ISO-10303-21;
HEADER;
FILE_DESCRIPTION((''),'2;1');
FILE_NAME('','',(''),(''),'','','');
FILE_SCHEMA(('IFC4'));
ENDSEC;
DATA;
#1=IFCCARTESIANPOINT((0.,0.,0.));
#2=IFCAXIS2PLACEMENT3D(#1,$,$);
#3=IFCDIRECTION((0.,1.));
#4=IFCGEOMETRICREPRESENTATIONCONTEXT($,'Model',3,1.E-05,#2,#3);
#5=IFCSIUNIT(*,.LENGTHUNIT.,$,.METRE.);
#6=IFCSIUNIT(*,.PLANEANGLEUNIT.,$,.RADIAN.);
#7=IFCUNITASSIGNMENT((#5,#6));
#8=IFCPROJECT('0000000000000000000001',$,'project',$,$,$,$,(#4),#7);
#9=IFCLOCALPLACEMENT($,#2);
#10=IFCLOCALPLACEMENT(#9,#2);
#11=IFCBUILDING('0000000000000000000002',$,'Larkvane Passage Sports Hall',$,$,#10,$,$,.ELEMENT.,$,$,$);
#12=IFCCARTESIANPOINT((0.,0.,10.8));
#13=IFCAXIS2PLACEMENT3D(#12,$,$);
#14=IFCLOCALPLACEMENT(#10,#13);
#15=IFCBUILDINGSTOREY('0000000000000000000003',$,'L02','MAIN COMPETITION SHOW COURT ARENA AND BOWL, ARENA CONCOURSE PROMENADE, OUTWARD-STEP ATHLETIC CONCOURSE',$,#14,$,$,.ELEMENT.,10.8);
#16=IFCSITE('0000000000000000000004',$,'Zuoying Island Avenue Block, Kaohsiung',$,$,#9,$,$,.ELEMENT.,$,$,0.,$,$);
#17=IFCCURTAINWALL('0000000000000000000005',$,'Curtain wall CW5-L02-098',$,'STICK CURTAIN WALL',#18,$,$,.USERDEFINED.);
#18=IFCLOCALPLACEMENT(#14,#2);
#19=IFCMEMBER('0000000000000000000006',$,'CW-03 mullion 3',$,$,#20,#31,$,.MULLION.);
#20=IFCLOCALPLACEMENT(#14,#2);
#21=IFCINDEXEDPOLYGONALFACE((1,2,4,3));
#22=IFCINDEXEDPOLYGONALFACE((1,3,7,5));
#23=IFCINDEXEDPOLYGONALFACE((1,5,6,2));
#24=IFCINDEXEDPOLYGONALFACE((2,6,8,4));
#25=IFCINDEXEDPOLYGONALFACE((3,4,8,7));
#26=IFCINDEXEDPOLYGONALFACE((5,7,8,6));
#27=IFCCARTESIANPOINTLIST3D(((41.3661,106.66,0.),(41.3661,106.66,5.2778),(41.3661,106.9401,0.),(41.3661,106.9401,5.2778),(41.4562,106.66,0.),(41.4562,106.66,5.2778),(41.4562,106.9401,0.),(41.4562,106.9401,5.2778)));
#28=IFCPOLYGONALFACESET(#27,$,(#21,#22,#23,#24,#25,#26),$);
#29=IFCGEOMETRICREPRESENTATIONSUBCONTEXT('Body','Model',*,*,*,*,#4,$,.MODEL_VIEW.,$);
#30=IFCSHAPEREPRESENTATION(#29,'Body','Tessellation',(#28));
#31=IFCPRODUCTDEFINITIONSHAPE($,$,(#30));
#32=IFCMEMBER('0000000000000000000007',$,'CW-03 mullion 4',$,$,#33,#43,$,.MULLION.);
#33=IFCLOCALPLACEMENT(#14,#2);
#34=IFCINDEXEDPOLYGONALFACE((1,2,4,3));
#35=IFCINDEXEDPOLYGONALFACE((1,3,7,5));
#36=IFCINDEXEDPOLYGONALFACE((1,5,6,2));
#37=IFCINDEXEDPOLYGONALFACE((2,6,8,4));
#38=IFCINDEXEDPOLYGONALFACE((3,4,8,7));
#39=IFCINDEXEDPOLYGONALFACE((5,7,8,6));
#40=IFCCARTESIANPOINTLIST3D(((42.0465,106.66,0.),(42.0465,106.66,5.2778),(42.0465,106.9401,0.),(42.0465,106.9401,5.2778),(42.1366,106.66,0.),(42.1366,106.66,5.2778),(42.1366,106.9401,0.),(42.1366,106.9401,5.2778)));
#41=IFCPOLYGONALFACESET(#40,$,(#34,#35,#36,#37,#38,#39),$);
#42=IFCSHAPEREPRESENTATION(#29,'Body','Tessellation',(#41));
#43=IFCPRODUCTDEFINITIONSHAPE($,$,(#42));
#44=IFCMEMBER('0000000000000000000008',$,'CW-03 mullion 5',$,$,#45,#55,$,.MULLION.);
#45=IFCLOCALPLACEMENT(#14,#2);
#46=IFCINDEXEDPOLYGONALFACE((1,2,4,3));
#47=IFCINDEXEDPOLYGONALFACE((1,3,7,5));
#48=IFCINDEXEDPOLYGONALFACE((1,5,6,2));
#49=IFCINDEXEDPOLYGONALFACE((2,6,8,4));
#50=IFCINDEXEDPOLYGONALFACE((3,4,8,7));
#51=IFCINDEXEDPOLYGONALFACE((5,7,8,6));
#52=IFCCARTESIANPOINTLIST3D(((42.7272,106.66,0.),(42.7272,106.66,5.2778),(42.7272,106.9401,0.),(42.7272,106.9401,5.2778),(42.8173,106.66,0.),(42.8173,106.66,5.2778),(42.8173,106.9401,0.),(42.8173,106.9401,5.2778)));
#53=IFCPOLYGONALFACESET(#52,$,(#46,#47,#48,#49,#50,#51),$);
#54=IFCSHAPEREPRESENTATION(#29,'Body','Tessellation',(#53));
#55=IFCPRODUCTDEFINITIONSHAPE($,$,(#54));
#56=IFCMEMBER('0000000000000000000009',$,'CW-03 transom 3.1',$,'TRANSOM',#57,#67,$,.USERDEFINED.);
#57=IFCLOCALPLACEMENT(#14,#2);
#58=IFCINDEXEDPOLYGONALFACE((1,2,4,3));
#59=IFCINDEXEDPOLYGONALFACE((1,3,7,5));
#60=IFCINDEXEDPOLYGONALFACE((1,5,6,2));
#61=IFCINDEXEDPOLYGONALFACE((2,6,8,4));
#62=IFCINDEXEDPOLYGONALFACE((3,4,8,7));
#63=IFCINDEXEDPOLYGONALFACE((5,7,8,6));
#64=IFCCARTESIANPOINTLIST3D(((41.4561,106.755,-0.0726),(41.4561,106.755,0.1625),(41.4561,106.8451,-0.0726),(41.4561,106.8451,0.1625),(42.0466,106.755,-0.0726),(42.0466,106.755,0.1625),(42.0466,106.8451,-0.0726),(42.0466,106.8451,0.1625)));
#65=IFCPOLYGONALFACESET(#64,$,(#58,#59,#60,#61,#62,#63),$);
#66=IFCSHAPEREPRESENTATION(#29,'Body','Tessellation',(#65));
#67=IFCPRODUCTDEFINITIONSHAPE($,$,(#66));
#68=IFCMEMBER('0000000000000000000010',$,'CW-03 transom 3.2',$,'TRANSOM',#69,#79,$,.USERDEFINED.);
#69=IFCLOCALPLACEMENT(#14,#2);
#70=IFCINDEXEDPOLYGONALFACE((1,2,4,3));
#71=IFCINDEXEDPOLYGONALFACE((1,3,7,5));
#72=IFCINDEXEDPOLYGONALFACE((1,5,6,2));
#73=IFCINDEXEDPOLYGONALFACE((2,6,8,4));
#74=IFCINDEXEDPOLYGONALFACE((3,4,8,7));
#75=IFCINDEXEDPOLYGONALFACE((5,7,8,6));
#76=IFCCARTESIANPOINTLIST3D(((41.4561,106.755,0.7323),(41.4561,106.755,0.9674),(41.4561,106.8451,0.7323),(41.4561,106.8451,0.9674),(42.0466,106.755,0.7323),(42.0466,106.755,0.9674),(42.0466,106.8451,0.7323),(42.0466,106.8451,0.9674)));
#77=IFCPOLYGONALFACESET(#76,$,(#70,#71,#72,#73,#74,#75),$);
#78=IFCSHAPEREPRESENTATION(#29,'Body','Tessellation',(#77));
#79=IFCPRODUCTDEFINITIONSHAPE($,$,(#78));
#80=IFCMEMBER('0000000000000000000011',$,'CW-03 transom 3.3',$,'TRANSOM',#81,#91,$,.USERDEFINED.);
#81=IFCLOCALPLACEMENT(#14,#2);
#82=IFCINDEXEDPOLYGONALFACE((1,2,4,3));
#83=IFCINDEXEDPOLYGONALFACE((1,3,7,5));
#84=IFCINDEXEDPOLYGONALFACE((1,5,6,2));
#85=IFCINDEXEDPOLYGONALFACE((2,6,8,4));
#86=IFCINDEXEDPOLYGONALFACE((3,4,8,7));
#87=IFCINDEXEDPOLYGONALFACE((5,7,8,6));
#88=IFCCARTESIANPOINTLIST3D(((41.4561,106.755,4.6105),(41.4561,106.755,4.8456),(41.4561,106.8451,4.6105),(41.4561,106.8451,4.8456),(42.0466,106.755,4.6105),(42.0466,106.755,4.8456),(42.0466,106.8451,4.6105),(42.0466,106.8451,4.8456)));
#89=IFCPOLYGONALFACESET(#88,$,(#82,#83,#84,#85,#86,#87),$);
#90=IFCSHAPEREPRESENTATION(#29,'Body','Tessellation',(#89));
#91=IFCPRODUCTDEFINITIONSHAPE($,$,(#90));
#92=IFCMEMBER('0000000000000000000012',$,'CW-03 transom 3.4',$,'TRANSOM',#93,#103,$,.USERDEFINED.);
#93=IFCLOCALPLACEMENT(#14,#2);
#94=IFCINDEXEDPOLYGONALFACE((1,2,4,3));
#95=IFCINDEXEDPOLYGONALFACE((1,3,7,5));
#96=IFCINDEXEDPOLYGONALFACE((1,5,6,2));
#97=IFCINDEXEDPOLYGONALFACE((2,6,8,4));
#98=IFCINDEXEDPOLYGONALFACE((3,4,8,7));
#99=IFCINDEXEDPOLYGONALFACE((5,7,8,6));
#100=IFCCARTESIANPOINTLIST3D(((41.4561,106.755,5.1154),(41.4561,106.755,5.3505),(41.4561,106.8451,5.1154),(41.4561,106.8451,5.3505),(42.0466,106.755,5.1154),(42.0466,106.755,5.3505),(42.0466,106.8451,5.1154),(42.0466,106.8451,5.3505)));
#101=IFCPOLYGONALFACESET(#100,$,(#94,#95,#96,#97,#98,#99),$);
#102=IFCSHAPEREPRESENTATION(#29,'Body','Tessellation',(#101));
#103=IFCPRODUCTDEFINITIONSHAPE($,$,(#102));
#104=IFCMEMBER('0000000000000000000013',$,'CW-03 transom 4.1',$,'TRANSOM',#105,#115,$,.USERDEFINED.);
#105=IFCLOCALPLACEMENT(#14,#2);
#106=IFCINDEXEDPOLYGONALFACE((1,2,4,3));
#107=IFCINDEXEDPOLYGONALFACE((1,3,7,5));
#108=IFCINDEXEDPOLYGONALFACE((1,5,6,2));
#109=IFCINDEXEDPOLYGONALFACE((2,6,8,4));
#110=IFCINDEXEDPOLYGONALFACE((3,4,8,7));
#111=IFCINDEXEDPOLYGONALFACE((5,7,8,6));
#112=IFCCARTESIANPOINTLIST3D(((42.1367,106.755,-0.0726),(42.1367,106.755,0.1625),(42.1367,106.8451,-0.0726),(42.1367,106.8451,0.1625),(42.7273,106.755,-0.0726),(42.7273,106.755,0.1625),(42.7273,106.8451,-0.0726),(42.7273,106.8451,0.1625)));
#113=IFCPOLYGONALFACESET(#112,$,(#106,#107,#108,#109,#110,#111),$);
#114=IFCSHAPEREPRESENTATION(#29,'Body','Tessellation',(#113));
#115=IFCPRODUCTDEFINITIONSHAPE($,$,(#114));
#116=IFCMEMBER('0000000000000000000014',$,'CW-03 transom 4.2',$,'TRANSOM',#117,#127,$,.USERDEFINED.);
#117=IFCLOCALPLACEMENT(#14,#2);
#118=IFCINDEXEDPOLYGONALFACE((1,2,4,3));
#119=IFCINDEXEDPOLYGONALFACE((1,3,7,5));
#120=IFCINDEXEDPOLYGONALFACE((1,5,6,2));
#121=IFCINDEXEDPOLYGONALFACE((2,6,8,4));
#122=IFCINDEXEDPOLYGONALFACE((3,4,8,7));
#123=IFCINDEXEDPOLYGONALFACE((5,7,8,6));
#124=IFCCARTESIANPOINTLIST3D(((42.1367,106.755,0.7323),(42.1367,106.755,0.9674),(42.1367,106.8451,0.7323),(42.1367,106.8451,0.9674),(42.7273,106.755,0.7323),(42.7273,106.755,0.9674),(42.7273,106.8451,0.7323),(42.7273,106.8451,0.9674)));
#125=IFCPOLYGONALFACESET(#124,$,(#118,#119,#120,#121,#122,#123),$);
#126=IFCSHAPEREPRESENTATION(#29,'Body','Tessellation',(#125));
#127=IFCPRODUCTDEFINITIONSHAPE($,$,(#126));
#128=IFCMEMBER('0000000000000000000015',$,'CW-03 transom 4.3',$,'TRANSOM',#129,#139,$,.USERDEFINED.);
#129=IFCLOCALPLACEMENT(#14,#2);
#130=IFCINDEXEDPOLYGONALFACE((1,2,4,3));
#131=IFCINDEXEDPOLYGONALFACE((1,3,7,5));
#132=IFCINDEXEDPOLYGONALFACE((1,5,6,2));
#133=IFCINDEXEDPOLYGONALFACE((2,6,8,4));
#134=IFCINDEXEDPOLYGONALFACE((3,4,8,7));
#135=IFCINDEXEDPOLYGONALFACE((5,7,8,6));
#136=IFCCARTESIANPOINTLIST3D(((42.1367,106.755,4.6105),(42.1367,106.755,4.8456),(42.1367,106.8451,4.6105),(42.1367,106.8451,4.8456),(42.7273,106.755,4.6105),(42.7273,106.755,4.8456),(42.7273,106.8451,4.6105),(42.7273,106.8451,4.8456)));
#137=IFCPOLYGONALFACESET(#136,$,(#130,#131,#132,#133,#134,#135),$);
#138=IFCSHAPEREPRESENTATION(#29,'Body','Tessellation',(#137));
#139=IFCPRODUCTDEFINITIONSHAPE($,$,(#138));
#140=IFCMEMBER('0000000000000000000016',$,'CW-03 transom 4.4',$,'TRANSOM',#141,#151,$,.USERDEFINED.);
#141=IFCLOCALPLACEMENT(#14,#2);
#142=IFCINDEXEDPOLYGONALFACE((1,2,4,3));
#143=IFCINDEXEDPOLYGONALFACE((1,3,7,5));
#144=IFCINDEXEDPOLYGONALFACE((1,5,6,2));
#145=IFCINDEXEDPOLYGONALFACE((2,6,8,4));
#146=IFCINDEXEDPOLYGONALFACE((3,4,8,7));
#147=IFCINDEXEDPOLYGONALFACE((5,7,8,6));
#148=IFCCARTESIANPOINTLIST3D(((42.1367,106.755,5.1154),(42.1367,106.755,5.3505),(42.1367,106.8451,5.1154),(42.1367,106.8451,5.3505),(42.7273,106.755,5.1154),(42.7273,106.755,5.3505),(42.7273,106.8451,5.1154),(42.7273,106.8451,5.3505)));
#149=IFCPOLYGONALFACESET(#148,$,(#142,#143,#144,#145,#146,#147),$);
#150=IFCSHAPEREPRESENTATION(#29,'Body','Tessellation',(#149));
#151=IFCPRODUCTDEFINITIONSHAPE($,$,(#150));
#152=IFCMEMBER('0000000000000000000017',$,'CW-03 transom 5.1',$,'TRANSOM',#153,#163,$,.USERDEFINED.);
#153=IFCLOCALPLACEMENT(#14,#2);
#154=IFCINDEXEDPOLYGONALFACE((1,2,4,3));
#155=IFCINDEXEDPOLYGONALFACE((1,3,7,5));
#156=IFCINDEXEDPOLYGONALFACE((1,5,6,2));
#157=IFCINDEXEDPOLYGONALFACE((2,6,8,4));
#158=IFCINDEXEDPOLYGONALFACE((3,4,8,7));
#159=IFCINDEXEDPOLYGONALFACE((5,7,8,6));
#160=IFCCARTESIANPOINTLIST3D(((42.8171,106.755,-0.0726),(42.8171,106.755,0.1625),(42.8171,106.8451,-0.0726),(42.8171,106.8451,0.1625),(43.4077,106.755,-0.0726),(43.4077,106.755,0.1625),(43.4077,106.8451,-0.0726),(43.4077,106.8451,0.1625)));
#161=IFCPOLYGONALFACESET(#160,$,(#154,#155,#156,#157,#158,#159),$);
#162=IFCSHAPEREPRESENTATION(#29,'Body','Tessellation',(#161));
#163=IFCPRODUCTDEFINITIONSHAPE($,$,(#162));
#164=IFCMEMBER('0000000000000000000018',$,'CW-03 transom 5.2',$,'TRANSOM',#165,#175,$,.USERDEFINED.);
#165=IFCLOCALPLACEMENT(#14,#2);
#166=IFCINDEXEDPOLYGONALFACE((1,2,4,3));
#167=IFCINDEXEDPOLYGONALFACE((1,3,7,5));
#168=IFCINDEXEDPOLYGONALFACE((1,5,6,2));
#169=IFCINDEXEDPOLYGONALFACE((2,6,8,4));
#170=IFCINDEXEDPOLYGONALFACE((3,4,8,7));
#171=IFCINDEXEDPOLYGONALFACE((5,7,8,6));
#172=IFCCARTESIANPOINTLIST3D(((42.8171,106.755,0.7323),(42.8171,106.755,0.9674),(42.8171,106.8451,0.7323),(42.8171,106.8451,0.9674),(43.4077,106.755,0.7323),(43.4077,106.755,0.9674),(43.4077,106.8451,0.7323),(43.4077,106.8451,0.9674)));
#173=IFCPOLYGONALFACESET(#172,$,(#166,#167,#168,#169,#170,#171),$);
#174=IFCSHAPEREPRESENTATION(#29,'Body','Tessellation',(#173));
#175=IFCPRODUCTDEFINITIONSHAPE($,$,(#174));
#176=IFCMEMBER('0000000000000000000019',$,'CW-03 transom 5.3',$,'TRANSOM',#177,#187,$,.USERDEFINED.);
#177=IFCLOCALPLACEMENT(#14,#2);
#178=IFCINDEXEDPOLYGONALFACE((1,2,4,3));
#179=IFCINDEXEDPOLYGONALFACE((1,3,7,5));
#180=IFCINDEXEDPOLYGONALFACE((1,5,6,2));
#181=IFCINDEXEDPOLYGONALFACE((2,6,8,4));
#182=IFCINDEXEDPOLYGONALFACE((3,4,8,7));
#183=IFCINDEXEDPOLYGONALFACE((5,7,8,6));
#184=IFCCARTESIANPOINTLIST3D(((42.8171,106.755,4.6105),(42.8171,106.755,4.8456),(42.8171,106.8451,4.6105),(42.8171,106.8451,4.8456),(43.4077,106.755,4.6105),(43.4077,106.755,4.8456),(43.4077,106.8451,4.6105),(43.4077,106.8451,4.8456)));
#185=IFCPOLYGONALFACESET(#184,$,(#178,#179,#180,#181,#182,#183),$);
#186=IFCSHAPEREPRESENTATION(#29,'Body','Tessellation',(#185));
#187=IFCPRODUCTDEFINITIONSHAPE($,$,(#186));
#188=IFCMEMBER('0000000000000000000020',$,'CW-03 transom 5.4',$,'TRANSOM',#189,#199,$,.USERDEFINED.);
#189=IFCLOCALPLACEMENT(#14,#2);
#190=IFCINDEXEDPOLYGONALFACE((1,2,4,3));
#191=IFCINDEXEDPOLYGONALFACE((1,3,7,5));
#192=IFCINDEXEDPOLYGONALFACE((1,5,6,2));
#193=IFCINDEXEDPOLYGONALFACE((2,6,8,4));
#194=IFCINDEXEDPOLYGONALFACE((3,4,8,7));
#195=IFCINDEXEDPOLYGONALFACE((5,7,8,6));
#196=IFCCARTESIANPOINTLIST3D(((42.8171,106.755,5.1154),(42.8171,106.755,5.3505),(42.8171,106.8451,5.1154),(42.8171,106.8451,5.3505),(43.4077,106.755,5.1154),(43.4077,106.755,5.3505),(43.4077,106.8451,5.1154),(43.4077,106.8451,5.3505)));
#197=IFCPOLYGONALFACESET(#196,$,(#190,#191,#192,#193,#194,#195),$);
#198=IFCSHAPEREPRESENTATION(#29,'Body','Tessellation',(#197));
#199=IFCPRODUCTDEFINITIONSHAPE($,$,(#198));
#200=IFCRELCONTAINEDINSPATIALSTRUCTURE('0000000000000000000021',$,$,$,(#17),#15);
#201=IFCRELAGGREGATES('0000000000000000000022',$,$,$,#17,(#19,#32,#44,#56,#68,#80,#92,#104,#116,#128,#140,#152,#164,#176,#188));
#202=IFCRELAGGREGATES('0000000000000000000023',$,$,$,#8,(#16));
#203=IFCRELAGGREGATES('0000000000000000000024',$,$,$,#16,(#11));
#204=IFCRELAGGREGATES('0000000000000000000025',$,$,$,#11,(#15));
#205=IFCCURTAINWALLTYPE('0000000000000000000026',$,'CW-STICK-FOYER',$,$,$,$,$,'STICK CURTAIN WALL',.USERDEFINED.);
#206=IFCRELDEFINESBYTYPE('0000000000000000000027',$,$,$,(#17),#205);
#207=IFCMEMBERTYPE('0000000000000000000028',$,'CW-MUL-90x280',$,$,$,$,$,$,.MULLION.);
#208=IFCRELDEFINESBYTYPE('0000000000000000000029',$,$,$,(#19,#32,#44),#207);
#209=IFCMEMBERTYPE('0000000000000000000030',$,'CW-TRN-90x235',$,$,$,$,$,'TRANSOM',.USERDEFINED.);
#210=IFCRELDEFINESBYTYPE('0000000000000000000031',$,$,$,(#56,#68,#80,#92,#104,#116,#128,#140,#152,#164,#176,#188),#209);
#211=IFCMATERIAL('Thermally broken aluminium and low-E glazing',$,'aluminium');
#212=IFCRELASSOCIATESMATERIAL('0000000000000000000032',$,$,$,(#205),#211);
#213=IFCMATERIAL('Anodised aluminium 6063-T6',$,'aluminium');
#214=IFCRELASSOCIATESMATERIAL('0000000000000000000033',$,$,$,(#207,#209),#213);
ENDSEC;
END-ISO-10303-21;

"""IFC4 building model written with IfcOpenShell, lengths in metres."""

from ifc_helpers import new_model, si_unit, direction, frame, origin, origin_2d, place, context, subcontext, project, spatial, rectangle, extrude, material, material_profile, profile_set, type_object, element, aggregate, save


model = new_model("IFC4")

# Units and contexts
model_context = context("Model", 3, precision=1e-05, world=origin(), true_north=direction((0.0, 1.0)))
body_context = subcontext(model_context, "Body", "Model", "MODEL_VIEW")
ifc_project = project(units=[si_unit("LENGTHUNIT", "METRE"), si_unit("PLANEANGLEUNIT", "RADIAN")], contexts=[model_context])

# Site, building, storey
site_placement = place(None, origin())
site = spatial("IfcSite", under=ifc_project, at=site_placement, Name="Zuoying Island Avenue Block, Kaohsiung", CompositionType="ELEMENT", RefElevation=0.0)
building_placement = place(site_placement, origin())
building = spatial("IfcBuilding", under=site, at=building_placement, Name="Larkvane Passage Sports Hall", CompositionType="ELEMENT")
storey_placement = place(building_placement, frame((0.0, 0.0, 10.8)))
storey = spatial("IfcBuildingStorey", under=building, at=storey_placement, Name="L02", Description="MAIN COMPETITION SHOW COURT ARENA AND BOWL, ARENA CONCOURSE PROMENADE, OUTWARD-STEP ATHLETIC CONCOURSE", CompositionType="ELEMENT", Elevation=10.8)

# Curtain wall, members
ifc_material_1 = material(Name="Thermally broken aluminium and low-E glazing", Category="aluminium")
curtain_wall_type = type_object("IfcCurtainWallType", Name="CW-STICK-FOYER", ElementType="STICK CURTAIN WALL", PredefinedType="USERDEFINED", material=ifc_material_1)
curtain_wall_placement = place(storey_placement, origin())
curtain_wall = element("IfcCurtainWall", 1, at=curtain_wall_placement, inside=storey, type_object=curtain_wall_type, Name="Curtain wall CW5-L02-098", ObjectType="STICK CURTAIN WALL", PredefinedType="USERDEFINED")
ifc_material_2 = material(Name="Anodised aluminium 6063-T6", Category="aluminium")
ifc_material_profile_1 = material_profile(ifc_material_2, rectangle(XDim=0.0901, YDim=0.28, at=origin_2d()), Name="ALU-MUL-90x280")
ifc_profile_set_1 = profile_set([ifc_material_profile_1], Name="Anodised aluminium 6063-T6")
member_type_1 = type_object("IfcMemberType", Name="CW-MUL-90x280", PredefinedType="MULLION", material=ifc_profile_set_1)
member_1_placement = place(storey_placement, frame((41.4111, 106.8, 0.0), z_axis=(0.0, 0.0, 1.0), x_axis=(1.0, 0.0, 0.0)))
member_1 = element("IfcMember", 2, at=member_1_placement, type_object=member_type_1, Name="CW-03 mullion 3", PredefinedType="MULLION", context=body_context, shape_type="SweptSolid", body=[
    extrude(rectangle(XDim=0.0901, YDim=0.28, at=origin_2d()), origin(), (0.0, 0.0, 1.0), 5.2778),
])
member_2_placement = place(storey_placement, frame((42.0916, 106.8, 0.0), z_axis=(0.0, 0.0, 1.0), x_axis=(1.0, 0.0, 0.0)))
member_2 = element("IfcMember", 3, at=member_2_placement, type_object=member_type_1, Name="CW-03 mullion 4", PredefinedType="MULLION", context=body_context, shape_type="SweptSolid", body=[
    extrude(rectangle(XDim=0.0901, YDim=0.28, at=origin_2d()), origin(), (0.0, 0.0, 1.0), 5.2778),
])
member_3_placement = place(storey_placement, frame((42.7722, 106.8, 0.0), z_axis=(0.0, 0.0, 1.0), x_axis=(1.0, 0.0, 0.0)))
member_3 = element("IfcMember", 4, at=member_3_placement, type_object=member_type_1, Name="CW-03 mullion 5", PredefinedType="MULLION", context=body_context, shape_type="SweptSolid", body=[
    extrude(rectangle(XDim=0.0901, YDim=0.28, at=origin_2d()), origin(), (0.0, 0.0, 1.0), 5.2778),
])
ifc_material_profile_2 = material_profile(ifc_material_2, rectangle(XDim=0.0901, YDim=0.2351, at=origin_2d()), Name="ALU-TRN-90x235")
ifc_profile_set_2 = profile_set([ifc_material_profile_2], Name="Anodised aluminium 6063-T6")
member_type_2 = type_object("IfcMemberType", Name="CW-TRN-90x235", ElementType="TRANSOM", PredefinedType="USERDEFINED", material=ifc_profile_set_2)
member_4_placement = place(storey_placement, frame((41.4561, 106.8, 0.0449), z_axis=(1.0, 0.0, 0.0), x_axis=(0.0, 1.0, 0.0)))
member_4 = element("IfcMember", 5, at=member_4_placement, type_object=member_type_2, Name="CW-03 transom 3.1", ObjectType="TRANSOM", PredefinedType="USERDEFINED", context=body_context, shape_type="SweptSolid", body=[
    extrude(rectangle(XDim=0.0901, YDim=0.2351, at=origin_2d()), origin(), (0.0, 0.0, 1.0), 0.5906),
])
member_5_placement = place(storey_placement, frame((41.4561, 106.8, 0.8499), z_axis=(1.0, 0.0, 0.0), x_axis=(0.0, 1.0, 0.0)))
member_5 = element("IfcMember", 6, at=member_5_placement, type_object=member_type_2, Name="CW-03 transom 3.2", ObjectType="TRANSOM", PredefinedType="USERDEFINED", context=body_context, shape_type="SweptSolid", body=[
    extrude(rectangle(XDim=0.0901, YDim=0.2351, at=origin_2d()), origin(), (0.0, 0.0, 1.0), 0.5906),
])
member_6_placement = place(storey_placement, frame((41.4561, 106.8, 4.728), z_axis=(1.0, 0.0, 0.0), x_axis=(0.0, 1.0, 0.0)))
member_6 = element("IfcMember", 7, at=member_6_placement, type_object=member_type_2, Name="CW-03 transom 3.3", ObjectType="TRANSOM", PredefinedType="USERDEFINED", context=body_context, shape_type="SweptSolid", body=[
    extrude(rectangle(XDim=0.0901, YDim=0.2351, at=origin_2d()), origin(), (0.0, 0.0, 1.0), 0.5906),
])
member_7_placement = place(storey_placement, frame((41.4561, 106.8, 5.2329), z_axis=(1.0, 0.0, 0.0), x_axis=(0.0, 1.0, 0.0)))
member_7 = element("IfcMember", 8, at=member_7_placement, type_object=member_type_2, Name="CW-03 transom 3.4", ObjectType="TRANSOM", PredefinedType="USERDEFINED", context=body_context, shape_type="SweptSolid", body=[
    extrude(rectangle(XDim=0.0901, YDim=0.2351, at=origin_2d()), origin(), (0.0, 0.0, 1.0), 0.5906),
])
member_8_placement = place(storey_placement, frame((42.1367, 106.8, 0.0449), z_axis=(1.0, 0.0, 0.0), x_axis=(0.0, 1.0, 0.0)))
member_8 = element("IfcMember", 9, at=member_8_placement, type_object=member_type_2, Name="CW-03 transom 4.1", ObjectType="TRANSOM", PredefinedType="USERDEFINED", context=body_context, shape_type="SweptSolid", body=[
    extrude(rectangle(XDim=0.0901, YDim=0.2351, at=origin_2d()), origin(), (0.0, 0.0, 1.0), 0.5906),
])
member_9_placement = place(storey_placement, frame((42.1367, 106.8, 0.8499), z_axis=(1.0, 0.0, 0.0), x_axis=(0.0, 1.0, 0.0)))
member_9 = element("IfcMember", 10, at=member_9_placement, type_object=member_type_2, Name="CW-03 transom 4.2", ObjectType="TRANSOM", PredefinedType="USERDEFINED", context=body_context, shape_type="SweptSolid", body=[
    extrude(rectangle(XDim=0.0901, YDim=0.2351, at=origin_2d()), origin(), (0.0, 0.0, 1.0), 0.5906),
])
member_10_placement = place(storey_placement, frame((42.1367, 106.8, 4.728), z_axis=(1.0, 0.0, 0.0), x_axis=(0.0, 1.0, 0.0)))
member_10 = element("IfcMember", 11, at=member_10_placement, type_object=member_type_2, Name="CW-03 transom 4.3", ObjectType="TRANSOM", PredefinedType="USERDEFINED", context=body_context, shape_type="SweptSolid", body=[
    extrude(rectangle(XDim=0.0901, YDim=0.2351, at=origin_2d()), origin(), (0.0, 0.0, 1.0), 0.5906),
])
member_11_placement = place(storey_placement, frame((42.1367, 106.8, 5.2329), z_axis=(1.0, 0.0, 0.0), x_axis=(0.0, 1.0, 0.0)))
member_11 = element("IfcMember", 12, at=member_11_placement, type_object=member_type_2, Name="CW-03 transom 4.4", ObjectType="TRANSOM", PredefinedType="USERDEFINED", context=body_context, shape_type="SweptSolid", body=[
    extrude(rectangle(XDim=0.0901, YDim=0.2351, at=origin_2d()), origin(), (0.0, 0.0, 1.0), 0.5906),
])
member_12_placement = place(storey_placement, frame((42.8171, 106.8, 0.0449), z_axis=(1.0, 0.0, 0.0), x_axis=(0.0, 1.0, 0.0)))
member_12 = element("IfcMember", 13, at=member_12_placement, type_object=member_type_2, Name="CW-03 transom 5.1", ObjectType="TRANSOM", PredefinedType="USERDEFINED", context=body_context, shape_type="SweptSolid", body=[
    extrude(rectangle(XDim=0.0901, YDim=0.2351, at=origin_2d()), origin(), (0.0, 0.0, 1.0), 0.5906),
])
member_13_placement = place(storey_placement, frame((42.8171, 106.8, 0.8499), z_axis=(1.0, 0.0, 0.0), x_axis=(0.0, 1.0, 0.0)))
member_13 = element("IfcMember", 14, at=member_13_placement, type_object=member_type_2, Name="CW-03 transom 5.2", ObjectType="TRANSOM", PredefinedType="USERDEFINED", context=body_context, shape_type="SweptSolid", body=[
    extrude(rectangle(XDim=0.0901, YDim=0.2351, at=origin_2d()), origin(), (0.0, 0.0, 1.0), 0.5906),
])
member_14_placement = place(storey_placement, frame((42.8171, 106.8, 4.728), z_axis=(1.0, 0.0, 0.0), x_axis=(0.0, 1.0, 0.0)))
member_14 = element("IfcMember", 15, at=member_14_placement, type_object=member_type_2, Name="CW-03 transom 5.3", ObjectType="TRANSOM", PredefinedType="USERDEFINED", context=body_context, shape_type="SweptSolid", body=[
    extrude(rectangle(XDim=0.0901, YDim=0.2351, at=origin_2d()), origin(), (0.0, 0.0, 1.0), 0.5906),
])
member_15_placement = place(storey_placement, frame((42.8171, 106.8, 5.2329), z_axis=(1.0, 0.0, 0.0), x_axis=(0.0, 1.0, 0.0)))
member_15 = element("IfcMember", 16, at=member_15_placement, type_object=member_type_2, Name="CW-03 transom 5.4", ObjectType="TRANSOM", PredefinedType="USERDEFINED", context=body_context, shape_type="SweptSolid", body=[
    extrude(rectangle(XDim=0.0901, YDim=0.2351, at=origin_2d()), origin(), (0.0, 0.0, 1.0), 0.5906),
])
aggregate(curtain_wall, [member_1, member_2, member_3, member_4, member_5, member_6, member_7, member_8, member_9, member_10, member_11, member_12, member_13, member_14, member_15])

save(model, "model.ifc")
